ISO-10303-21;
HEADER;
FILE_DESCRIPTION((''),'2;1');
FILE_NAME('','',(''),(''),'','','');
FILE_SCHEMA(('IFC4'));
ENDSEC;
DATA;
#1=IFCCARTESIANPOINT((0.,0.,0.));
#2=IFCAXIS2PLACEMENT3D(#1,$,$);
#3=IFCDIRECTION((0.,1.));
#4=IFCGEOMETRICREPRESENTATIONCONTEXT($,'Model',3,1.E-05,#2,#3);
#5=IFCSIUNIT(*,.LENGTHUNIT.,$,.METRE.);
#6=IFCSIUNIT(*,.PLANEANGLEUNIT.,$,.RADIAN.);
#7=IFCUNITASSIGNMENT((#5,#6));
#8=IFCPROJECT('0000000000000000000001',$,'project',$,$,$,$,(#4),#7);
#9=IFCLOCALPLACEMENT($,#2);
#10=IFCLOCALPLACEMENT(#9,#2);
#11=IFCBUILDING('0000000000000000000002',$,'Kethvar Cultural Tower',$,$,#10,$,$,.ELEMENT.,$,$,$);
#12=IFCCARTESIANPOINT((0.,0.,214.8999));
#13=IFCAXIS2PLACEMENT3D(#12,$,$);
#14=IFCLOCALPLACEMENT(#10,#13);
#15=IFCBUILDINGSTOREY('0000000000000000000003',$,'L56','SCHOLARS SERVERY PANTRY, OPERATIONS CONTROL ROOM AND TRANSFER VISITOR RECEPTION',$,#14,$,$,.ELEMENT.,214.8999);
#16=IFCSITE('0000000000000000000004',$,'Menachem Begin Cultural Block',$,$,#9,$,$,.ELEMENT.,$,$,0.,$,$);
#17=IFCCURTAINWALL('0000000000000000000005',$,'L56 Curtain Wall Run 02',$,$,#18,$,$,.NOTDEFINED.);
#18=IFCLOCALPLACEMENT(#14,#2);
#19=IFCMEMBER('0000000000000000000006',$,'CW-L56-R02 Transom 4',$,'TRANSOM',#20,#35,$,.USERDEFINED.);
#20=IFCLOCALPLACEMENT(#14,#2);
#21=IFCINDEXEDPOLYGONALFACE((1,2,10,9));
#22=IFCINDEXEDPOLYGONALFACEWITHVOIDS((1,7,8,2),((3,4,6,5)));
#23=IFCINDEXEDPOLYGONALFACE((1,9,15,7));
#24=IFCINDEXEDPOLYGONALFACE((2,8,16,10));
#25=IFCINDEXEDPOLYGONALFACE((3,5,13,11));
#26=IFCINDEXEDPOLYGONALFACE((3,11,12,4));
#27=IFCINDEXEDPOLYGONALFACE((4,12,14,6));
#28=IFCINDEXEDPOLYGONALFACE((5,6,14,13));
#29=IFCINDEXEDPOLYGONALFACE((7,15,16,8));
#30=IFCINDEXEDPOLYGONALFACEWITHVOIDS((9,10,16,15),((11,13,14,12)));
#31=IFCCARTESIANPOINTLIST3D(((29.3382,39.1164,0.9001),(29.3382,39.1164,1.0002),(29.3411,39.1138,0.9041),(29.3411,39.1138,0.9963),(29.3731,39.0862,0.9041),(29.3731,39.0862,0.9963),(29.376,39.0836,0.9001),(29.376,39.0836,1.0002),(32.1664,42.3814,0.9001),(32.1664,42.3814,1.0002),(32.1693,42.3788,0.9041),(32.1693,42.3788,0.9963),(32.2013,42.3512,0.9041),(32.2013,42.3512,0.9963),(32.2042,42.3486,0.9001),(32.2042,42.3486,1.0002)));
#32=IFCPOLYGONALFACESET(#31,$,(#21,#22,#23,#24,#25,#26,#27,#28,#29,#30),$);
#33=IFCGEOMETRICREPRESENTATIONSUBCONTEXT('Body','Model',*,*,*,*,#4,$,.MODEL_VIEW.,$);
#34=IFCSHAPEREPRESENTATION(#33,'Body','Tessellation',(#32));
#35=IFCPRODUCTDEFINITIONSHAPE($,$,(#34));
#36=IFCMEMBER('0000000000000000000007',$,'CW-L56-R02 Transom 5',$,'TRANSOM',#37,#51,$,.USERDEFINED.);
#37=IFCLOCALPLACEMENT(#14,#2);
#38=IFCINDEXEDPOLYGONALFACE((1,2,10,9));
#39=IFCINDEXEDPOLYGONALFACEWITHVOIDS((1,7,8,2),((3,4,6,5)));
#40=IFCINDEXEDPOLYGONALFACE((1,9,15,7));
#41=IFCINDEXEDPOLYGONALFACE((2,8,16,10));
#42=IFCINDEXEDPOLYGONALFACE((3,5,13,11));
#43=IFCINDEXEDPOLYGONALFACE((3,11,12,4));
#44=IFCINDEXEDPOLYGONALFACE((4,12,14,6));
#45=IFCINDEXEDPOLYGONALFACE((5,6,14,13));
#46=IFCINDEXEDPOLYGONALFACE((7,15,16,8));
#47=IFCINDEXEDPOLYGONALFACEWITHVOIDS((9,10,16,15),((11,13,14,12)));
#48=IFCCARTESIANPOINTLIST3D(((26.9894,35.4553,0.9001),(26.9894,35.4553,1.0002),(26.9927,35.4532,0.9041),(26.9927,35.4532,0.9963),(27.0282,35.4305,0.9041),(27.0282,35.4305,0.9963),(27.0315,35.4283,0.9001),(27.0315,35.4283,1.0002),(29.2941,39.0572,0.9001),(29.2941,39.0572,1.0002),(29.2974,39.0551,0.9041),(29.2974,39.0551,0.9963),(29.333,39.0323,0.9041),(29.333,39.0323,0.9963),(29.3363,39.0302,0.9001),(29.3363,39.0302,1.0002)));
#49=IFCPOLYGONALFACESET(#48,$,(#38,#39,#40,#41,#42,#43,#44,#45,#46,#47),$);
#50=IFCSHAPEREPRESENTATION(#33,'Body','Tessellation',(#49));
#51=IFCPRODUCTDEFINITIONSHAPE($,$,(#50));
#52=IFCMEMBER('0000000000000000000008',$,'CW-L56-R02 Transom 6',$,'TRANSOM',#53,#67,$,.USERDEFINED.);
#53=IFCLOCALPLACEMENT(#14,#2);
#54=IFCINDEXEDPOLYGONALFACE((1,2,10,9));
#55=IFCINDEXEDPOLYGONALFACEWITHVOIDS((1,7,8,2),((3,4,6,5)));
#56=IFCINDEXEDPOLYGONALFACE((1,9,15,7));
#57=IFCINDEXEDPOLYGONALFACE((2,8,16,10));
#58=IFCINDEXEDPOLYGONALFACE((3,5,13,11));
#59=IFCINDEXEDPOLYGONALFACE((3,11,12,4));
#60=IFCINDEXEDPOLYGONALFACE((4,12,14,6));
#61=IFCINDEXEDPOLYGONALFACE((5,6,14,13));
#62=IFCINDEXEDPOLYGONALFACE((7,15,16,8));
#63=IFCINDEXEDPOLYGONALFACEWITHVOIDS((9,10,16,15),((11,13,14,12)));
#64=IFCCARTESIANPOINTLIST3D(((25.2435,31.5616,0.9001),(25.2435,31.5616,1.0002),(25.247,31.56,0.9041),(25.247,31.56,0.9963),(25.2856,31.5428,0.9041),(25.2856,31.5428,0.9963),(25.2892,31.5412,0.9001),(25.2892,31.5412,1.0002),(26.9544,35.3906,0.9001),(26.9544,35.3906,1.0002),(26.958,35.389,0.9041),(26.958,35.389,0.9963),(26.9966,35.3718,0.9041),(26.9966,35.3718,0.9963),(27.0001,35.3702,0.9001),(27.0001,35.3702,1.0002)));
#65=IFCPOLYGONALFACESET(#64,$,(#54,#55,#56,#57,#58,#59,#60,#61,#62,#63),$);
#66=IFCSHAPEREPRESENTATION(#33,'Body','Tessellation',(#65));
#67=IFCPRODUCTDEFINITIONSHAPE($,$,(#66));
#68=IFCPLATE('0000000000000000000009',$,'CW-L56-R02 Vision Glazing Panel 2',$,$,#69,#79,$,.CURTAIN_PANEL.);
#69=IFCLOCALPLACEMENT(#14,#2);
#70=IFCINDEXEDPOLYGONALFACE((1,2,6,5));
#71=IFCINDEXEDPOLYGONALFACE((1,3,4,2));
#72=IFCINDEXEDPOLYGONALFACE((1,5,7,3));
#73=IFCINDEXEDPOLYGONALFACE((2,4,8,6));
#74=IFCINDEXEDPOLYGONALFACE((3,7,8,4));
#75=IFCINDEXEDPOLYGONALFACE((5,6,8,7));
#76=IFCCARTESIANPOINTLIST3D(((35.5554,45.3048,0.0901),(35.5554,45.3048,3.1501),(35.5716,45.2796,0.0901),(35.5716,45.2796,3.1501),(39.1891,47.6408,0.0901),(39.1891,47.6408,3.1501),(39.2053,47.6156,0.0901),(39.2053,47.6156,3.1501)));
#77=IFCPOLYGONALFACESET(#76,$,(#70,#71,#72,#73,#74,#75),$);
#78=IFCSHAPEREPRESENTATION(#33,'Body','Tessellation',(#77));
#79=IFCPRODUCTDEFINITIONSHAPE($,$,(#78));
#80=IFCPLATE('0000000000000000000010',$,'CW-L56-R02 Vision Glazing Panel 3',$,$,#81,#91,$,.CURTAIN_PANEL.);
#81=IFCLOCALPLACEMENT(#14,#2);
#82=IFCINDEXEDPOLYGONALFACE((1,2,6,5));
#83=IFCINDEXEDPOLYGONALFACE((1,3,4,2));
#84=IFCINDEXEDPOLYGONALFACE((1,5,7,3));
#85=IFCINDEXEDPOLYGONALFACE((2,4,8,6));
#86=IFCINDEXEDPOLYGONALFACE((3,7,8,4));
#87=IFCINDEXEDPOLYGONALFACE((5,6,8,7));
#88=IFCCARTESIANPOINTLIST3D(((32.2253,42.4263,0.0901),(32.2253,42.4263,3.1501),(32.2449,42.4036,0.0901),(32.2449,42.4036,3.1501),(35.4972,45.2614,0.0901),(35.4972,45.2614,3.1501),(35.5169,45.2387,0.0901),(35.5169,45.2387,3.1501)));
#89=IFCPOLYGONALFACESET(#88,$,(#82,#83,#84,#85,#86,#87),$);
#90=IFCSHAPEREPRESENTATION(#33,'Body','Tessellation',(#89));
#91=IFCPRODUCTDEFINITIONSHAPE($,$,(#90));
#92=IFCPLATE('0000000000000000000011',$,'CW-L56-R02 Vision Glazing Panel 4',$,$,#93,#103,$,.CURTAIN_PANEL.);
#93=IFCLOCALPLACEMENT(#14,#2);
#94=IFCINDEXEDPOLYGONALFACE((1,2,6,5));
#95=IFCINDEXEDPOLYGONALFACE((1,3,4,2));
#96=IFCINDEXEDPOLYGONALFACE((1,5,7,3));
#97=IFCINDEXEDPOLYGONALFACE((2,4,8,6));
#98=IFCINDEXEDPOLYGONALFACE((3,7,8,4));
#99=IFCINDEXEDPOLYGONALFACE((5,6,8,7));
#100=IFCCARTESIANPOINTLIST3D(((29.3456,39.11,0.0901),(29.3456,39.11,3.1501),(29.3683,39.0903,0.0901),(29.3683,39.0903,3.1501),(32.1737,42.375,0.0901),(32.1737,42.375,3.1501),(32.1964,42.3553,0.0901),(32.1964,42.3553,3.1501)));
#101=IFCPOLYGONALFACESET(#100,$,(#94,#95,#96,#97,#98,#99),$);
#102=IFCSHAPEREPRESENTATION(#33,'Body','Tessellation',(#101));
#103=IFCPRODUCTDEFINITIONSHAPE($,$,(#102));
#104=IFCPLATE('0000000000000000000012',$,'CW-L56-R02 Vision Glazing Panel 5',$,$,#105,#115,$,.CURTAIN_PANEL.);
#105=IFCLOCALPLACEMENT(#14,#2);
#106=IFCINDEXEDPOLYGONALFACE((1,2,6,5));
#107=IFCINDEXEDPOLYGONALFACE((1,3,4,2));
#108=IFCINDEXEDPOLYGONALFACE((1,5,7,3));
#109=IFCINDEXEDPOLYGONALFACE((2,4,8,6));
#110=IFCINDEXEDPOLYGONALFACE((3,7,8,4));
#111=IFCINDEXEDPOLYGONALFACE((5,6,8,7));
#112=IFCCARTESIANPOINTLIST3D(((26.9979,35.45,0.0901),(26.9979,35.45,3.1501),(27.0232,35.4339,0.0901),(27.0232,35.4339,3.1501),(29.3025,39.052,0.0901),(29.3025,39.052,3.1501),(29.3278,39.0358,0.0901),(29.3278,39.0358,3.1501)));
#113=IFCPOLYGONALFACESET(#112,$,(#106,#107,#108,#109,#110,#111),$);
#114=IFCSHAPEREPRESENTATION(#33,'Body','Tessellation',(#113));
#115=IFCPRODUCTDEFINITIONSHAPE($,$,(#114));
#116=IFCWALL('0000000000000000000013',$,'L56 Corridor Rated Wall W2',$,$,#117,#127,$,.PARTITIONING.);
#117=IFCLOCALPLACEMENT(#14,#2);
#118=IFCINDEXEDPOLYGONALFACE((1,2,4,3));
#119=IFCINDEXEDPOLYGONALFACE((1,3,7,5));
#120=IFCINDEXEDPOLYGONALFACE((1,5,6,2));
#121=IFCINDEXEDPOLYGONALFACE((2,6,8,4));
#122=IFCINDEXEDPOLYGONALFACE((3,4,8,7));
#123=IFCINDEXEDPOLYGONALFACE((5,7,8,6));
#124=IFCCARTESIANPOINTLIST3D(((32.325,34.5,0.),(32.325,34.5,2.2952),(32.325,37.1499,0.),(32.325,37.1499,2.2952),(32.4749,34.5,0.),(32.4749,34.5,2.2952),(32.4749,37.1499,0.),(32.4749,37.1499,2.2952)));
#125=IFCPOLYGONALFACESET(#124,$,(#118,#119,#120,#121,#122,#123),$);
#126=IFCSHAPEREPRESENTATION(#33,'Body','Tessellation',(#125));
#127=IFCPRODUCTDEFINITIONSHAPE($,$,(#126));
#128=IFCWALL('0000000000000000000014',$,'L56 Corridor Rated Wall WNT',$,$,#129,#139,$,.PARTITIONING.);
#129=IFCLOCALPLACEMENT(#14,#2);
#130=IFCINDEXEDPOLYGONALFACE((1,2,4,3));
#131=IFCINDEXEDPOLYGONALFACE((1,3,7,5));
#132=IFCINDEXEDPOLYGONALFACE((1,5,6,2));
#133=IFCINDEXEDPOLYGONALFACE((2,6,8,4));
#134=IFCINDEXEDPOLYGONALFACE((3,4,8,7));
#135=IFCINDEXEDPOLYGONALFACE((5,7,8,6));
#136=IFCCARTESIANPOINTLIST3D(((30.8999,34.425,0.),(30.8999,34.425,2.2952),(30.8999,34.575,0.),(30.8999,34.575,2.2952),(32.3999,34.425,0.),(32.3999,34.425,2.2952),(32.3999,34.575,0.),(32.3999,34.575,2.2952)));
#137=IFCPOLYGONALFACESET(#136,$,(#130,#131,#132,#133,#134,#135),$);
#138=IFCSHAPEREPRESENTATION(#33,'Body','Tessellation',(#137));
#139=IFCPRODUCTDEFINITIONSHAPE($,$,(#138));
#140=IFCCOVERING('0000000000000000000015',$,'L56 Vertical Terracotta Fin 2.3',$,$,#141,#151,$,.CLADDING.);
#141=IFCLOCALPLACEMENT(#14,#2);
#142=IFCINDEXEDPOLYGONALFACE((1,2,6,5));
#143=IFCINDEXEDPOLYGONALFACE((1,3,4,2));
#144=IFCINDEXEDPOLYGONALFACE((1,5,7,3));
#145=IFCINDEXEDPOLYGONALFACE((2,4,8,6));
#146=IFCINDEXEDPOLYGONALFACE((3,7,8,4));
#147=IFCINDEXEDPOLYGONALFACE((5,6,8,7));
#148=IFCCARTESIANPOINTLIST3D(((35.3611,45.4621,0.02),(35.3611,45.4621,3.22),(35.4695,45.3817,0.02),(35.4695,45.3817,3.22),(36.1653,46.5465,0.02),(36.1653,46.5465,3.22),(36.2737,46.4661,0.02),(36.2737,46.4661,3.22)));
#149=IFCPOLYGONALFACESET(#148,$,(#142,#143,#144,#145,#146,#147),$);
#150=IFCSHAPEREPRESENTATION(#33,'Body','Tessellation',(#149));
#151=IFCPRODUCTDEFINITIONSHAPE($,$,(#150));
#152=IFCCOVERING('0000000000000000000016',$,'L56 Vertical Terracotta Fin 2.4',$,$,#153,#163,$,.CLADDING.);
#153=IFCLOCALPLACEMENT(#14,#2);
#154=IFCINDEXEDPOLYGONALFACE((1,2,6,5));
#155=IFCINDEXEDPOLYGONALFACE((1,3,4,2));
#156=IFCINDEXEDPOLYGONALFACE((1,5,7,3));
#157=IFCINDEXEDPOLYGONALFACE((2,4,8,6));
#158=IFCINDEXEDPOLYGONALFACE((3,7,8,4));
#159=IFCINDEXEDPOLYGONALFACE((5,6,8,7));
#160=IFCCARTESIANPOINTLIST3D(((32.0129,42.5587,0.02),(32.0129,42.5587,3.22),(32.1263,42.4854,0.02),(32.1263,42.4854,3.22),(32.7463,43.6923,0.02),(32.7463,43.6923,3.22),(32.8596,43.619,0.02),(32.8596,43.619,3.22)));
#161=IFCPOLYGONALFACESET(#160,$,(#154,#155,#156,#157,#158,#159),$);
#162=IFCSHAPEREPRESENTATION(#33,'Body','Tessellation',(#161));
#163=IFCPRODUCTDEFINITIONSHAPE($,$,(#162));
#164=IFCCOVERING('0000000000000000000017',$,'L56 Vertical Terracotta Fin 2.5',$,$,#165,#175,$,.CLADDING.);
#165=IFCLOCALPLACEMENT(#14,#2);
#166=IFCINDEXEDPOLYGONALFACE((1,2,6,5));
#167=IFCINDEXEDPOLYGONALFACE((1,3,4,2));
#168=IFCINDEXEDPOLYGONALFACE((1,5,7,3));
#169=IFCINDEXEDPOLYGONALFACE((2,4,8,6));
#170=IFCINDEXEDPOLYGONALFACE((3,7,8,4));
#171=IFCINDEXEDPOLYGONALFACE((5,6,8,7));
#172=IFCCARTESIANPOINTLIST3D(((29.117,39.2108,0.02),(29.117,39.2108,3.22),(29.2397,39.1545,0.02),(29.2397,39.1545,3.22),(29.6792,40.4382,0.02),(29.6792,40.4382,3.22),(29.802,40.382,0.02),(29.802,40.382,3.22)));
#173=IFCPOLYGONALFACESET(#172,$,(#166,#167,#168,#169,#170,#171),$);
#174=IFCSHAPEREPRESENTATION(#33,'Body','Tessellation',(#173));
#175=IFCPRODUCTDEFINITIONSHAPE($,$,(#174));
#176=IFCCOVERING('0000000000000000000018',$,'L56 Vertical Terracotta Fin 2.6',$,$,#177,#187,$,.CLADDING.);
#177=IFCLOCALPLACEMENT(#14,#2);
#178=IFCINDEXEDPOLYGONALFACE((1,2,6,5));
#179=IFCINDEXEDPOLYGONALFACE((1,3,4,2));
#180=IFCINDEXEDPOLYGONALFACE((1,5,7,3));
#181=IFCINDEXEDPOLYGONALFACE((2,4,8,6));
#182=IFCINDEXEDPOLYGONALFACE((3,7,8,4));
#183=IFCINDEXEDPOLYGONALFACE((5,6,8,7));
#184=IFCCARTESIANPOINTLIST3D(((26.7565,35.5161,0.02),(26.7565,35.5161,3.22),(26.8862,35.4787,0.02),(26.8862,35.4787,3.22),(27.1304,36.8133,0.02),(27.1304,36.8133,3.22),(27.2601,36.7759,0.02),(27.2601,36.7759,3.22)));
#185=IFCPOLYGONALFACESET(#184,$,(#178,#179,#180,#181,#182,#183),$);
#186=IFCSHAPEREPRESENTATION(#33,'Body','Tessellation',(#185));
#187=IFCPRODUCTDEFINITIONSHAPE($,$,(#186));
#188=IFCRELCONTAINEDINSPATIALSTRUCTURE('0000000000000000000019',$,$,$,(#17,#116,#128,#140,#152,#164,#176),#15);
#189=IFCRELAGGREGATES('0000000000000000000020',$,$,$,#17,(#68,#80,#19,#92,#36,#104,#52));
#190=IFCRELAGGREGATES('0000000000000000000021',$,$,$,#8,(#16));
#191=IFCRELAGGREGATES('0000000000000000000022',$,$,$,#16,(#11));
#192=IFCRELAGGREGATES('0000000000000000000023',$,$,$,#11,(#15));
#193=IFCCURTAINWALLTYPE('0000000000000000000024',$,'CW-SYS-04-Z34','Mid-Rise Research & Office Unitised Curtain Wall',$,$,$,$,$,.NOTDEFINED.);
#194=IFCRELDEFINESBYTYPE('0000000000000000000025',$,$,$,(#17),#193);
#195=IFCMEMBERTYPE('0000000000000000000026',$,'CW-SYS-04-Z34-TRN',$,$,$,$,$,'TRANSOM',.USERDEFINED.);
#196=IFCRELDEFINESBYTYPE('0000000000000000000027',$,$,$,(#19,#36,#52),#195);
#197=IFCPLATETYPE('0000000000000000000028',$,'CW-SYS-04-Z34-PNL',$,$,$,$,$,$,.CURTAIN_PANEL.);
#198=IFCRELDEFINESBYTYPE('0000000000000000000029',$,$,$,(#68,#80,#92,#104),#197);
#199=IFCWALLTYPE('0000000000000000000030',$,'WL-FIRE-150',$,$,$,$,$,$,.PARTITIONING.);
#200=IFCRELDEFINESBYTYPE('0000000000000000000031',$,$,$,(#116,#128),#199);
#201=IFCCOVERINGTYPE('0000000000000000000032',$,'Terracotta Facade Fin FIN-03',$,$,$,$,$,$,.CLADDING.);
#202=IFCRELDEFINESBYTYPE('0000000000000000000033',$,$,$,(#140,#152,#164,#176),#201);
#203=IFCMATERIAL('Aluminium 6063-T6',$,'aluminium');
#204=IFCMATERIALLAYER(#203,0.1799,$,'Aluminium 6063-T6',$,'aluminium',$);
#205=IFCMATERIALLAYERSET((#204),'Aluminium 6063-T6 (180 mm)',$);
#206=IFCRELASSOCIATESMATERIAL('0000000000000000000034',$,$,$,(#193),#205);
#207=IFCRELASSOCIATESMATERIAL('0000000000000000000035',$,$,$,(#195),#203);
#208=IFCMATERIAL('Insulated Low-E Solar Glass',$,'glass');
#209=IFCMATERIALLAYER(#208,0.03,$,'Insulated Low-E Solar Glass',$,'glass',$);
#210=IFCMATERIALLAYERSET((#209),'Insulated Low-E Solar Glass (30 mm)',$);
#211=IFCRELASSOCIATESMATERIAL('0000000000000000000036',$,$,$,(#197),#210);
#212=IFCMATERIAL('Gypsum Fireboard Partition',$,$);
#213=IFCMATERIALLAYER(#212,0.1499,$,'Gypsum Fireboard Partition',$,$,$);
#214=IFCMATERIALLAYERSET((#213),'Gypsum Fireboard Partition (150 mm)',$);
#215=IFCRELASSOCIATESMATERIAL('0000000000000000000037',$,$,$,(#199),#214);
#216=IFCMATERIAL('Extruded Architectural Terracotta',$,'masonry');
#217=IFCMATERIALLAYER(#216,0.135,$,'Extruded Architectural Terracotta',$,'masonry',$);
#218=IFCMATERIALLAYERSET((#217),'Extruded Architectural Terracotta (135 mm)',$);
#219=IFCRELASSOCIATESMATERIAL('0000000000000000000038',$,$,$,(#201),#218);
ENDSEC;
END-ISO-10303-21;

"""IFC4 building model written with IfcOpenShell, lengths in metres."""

from ifc_helpers import new_model, si_unit, direction, frame, frame_2d, origin, origin_2d, place, context, subcontext, project, spatial, rectangle, hollow_rectangle, extrude, source, transform, mapped, material, layer, layer_set, material_profile, profile_set, type_object, element, aggregate, save


model = new_model("IFC4")

# Units and contexts
model_context = context("Model", 3, precision=1e-05, world=origin(), true_north=direction((0.0, 1.0)))
body_context = subcontext(model_context, "Body", "Model", "MODEL_VIEW")
ifc_project = project(units=[si_unit("LENGTHUNIT", "METRE"), si_unit("PLANEANGLEUNIT", "RADIAN")], contexts=[model_context])

# Site, building, storey
site_placement = place(None, origin())
site = spatial("IfcSite", under=ifc_project, at=site_placement, Name="Menachem Begin Cultural Block", CompositionType="ELEMENT", RefElevation=0.0)
building_placement = place(site_placement, origin())
building = spatial("IfcBuilding", under=site, at=building_placement, Name="Kethvar Cultural Tower", CompositionType="ELEMENT")
storey_placement = place(building_placement, frame((0.0, 0.0, 214.8999)))
storey = spatial("IfcBuildingStorey", under=building, at=storey_placement, Name="L56", Description="SCHOLARS SERVERY PANTRY, OPERATIONS CONTROL ROOM AND TRANSFER VISITOR RECEPTION", CompositionType="ELEMENT", Elevation=214.8999)

# Curtain wall, members, plates
ifc_material_1 = material(Name="Aluminium 6063-T6", Category="aluminium")
ifc_layer_1 = layer(ifc_material_1, 0.1799, Name="Aluminium 6063-T6", Category="aluminium")
ifc_layer_set_1 = layer_set([ifc_layer_1], Name="Aluminium 6063-T6 (180 mm)")
curtain_wall_type = type_object("IfcCurtainWallType", Name="CW-SYS-04-Z34", Description="Mid-Rise Research & Office Unitised Curtain Wall", PredefinedType="NOTDEFINED", material=ifc_layer_set_1)
curtain_wall_placement = place(storey_placement, origin())
curtain_wall = element("IfcCurtainWall", 1, at=curtain_wall_placement, inside=storey, type_object=curtain_wall_type, Name="L56 Curtain Wall Run 02", PredefinedType="NOTDEFINED")
ifc_material_profile_1 = material_profile(ifc_material_1, hollow_rectangle(XDim=0.05, YDim=0.1001, WallThickness=0.0039, at=origin_2d()), Name="Aluminium 6063-T6 — RHS100x50x4")
ifc_profile_set_1 = profile_set([ifc_material_profile_1], Name="Aluminium 6063-T6 — RHS100x50x4")
member_type_1 = type_object("IfcMemberType", Name="CW-SYS-04-Z34-TRN", ElementType="TRANSOM", PredefinedType="USERDEFINED", material=ifc_profile_set_1)
shared_shape_1 = source(origin(), body_context, "Body", "SweptSolid", [
    extrude(hollow_rectangle(XDim=0.05, YDim=0.1001, WallThickness=0.0039, at=origin_2d()), origin(), (0.0, 0.0, 1.0), 4.3196),
])
member_1_placement = place(storey_placement, frame((32.1853, 42.365, 0.9502), z_axis=(-0.654739, -0.755855, 0.0), x_axis=(0.755855, -0.654739, 0.0)))
member_1 = element("IfcMember", 2, at=member_1_placement, type_object=member_type_1, Name="CW-L56-R02 Transom 4", ObjectType="TRANSOM", PredefinedType="USERDEFINED", context=body_context, shape_type="MappedRepresentation", body=[
    mapped(shared_shape_1, transform((0.0, 0.0, 0.0), scale=1.0)),
])
shared_shape_2 = source(origin(), body_context, "Body", "SweptSolid", [
    extrude(hollow_rectangle(XDim=0.05, YDim=0.1001, WallThickness=0.0039, at=origin_2d()), origin(), (0.0, 0.0, 1.0), 4.2761),
])
member_2_placement = place(storey_placement, frame((29.3152, 39.0437, 0.9502), z_axis=(-0.538976, -0.842321, 0.0), x_axis=(0.842321, -0.538976, 0.0)))
member_2 = element("IfcMember", 3, at=member_2_placement, type_object=member_type_1, Name="CW-L56-R02 Transom 5", ObjectType="TRANSOM", PredefinedType="USERDEFINED", context=body_context, shape_type="MappedRepresentation", body=[
    mapped(shared_shape_2, transform((0.0, 0.0, 0.0), scale=1.0)),
])
shared_shape_3 = source(origin(), body_context, "Body", "SweptSolid", [
    extrude(hollow_rectangle(XDim=0.05, YDim=0.1001, WallThickness=0.0039, at=origin_2d()), origin(), (0.0, 0.0, 1.0), 4.1938),
])
member_3_placement = place(storey_placement, frame((26.9773, 35.3804, 0.9502), z_axis=(-0.407974, -0.912993, 0.0), x_axis=(0.912993, -0.407974, 0.0)))
member_3 = element("IfcMember", 4, at=member_3_placement, type_object=member_type_1, Name="CW-L56-R02 Transom 6", ObjectType="TRANSOM", PredefinedType="USERDEFINED", context=body_context, shape_type="MappedRepresentation", body=[
    mapped(shared_shape_3, transform((0.0, 0.0, 0.0), scale=1.0)),
])
ifc_material_2 = material(Name="Insulated Low-E Solar Glass", Category="glass")
ifc_layer_2 = layer(ifc_material_2, 0.03, Name="Insulated Low-E Solar Glass", Category="glass")
ifc_layer_set_2 = layer_set([ifc_layer_2], Name="Insulated Low-E Solar Glass (30 mm)")
plate_type = type_object("IfcPlateType", Name="CW-SYS-04-Z34-PNL", PredefinedType="CURTAIN_PANEL", material=ifc_layer_set_2)
shared_shape_4 = source(origin(), body_context, "Body", "SweptSolid", [
    extrude(rectangle(XDim=4.3198, YDim=0.03, at=origin_2d()), origin(), (0.0, 0.0, 1.0), 3.0601),
])
plate_1_placement = place(storey_placement, frame((37.3804, 46.4602, 0.0901), z_axis=(0.0, 0.0, 1.0), x_axis=(-0.841171, -0.540769, 0.0)))
plate_1 = element("IfcPlate", 5, at=plate_1_placement, type_object=plate_type, Name="CW-L56-R02 Vision Glazing Panel 2", PredefinedType="CURTAIN_PANEL", context=body_context, shape_type="MappedRepresentation", body=[
    mapped(shared_shape_4, transform((0.0, 0.0, 0.0), scale=1.0)),
])
shared_shape_5 = source(origin(), body_context, "Body", "SweptSolid", [
    extrude(rectangle(XDim=4.3293, YDim=0.03, at=origin_2d()), origin(), (0.0, 0.0, 1.0), 3.0601),
])
plate_2_placement = place(storey_placement, frame((33.8711, 43.8325, 0.0901), z_axis=(0.0, 0.0, 1.0), x_axis=(-0.755762, -0.654846, 0.0)))
plate_2 = element("IfcPlate", 6, at=plate_2_placement, type_object=plate_type, Name="CW-L56-R02 Vision Glazing Panel 3", PredefinedType="CURTAIN_PANEL", context=body_context, shape_type="MappedRepresentation", body=[
    mapped(shared_shape_5, transform((0.0, 0.0, 0.0), scale=1.0)),
])
shared_shape_6 = source(origin(), body_context, "Body", "SweptSolid", [
    extrude(rectangle(XDim=4.3196, YDim=0.03, at=origin_2d()), origin(), (0.0, 0.0, 1.0), 3.0601),
])
plate_3_placement = place(storey_placement, frame((30.771, 40.7327, 0.0901), z_axis=(0.0, 0.0, 1.0), x_axis=(-0.654728, -0.755865, 0.0)))
plate_3 = element("IfcPlate", 7, at=plate_3_placement, type_object=plate_type, Name="CW-L56-R02 Vision Glazing Panel 4", PredefinedType="CURTAIN_PANEL", context=body_context, shape_type="MappedRepresentation", body=[
    mapped(shared_shape_6, transform((0.0, 0.0, 0.0), scale=1.0)),
])
shared_shape_7 = source(origin(), body_context, "Body", "SweptSolid", [
    extrude(rectangle(XDim=4.2761, YDim=0.03, at=origin_2d()), origin(), (0.0, 0.0, 1.0), 3.0601),
])
plate_4_placement = place(storey_placement, frame((28.1628, 37.2429, 0.0901), z_axis=(0.0, 0.0, 1.0), x_axis=(-0.538947, -0.84234, 0.0)))
plate_4 = element("IfcPlate", 8, at=plate_4_placement, type_object=plate_type, Name="CW-L56-R02 Vision Glazing Panel 5", PredefinedType="CURTAIN_PANEL", context=body_context, shape_type="MappedRepresentation", body=[
    mapped(shared_shape_7, transform((0.0, 0.0, 0.0), scale=1.0)),
])
aggregate(curtain_wall, [plate_1, plate_2, member_1, plate_3, member_2, plate_4, member_3])

# Walls
ifc_material_3 = material(Name="Gypsum Fireboard Partition")
ifc_layer_3 = layer(ifc_material_3, 0.1499, Name="Gypsum Fireboard Partition")
ifc_layer_set_3 = layer_set([ifc_layer_3], Name="Gypsum Fireboard Partition (150 mm)")
wall_type = type_object("IfcWallType", Name="WL-FIRE-150", PredefinedType="PARTITIONING", material=ifc_layer_set_3)
wall_1_placement = place(storey_placement, frame((32.3999, 37.1499, 0.0), z_axis=(0.0, 0.0, 1.0), x_axis=(0.0, -1.0, 0.0)))
element("IfcWall", 9, at=wall_1_placement, inside=storey, type_object=wall_type, Name="L56 Corridor Rated Wall W2", PredefinedType="PARTITIONING", context=body_context, shape_type="SweptSolid", body=[
    extrude(rectangle(XDim=2.6499, YDim=0.1499, at=frame_2d((1.325, 0.0))), origin(), (0.0, 0.0, 1.0), 2.2952),
])
wall_2_placement = place(storey_placement, frame((32.3999, 34.5, 0.0), z_axis=(0.0, 0.0, 1.0), x_axis=(-1.0, 0.0, 0.0)))
element("IfcWall", 10, at=wall_2_placement, inside=storey, type_object=wall_type, Name="L56 Corridor Rated Wall WNT", PredefinedType="PARTITIONING", context=body_context, shape_type="SweptSolid", body=[
    extrude(rectangle(XDim=1.5, YDim=0.1499, at=frame_2d((0.75, 0.0))), origin(), (0.0, 0.0, 1.0), 2.2952),
])

# Coverings
ifc_material_4 = material(Name="Extruded Architectural Terracotta", Category="masonry")
ifc_layer_4 = layer(ifc_material_4, 0.135, Name="Extruded Architectural Terracotta", Category="masonry")
ifc_layer_set_4 = layer_set([ifc_layer_4], Name="Extruded Architectural Terracotta (135 mm)")
covering_type = type_object("IfcCoveringType", Name="Terracotta Facade Fin FIN-03", PredefinedType="CLADDING", material=ifc_layer_set_4)
shared_shape_8 = source(origin(), body_context, "Body", "SweptSolid", [
    extrude(rectangle(XDim=1.3501, YDim=0.135, at=origin_2d()), origin(), (0.0, 0.0, 1.0), 3.2),
])
for number, where, z_axis, x_axis, name in (
    (11, (35.8174, 45.9641, 0.02), (0.0, 0.0, 1.0), (0.595664, 0.803234, 0.0), "L56 Vertical Terracotta Fin 2.3"),
    (12, (32.4363, 43.0889, 0.02), (0.0, 0.0, 1.0), (0.543174, 0.83962, 0.0), "L56 Vertical Terracotta Fin 2.4"),
    (13, (29.4595, 39.7964, 0.02), (0.0, 0.0, 1.0), (0.416439, 0.909163, 0.0), "L56 Vertical Terracotta Fin 2.5"),
    (14, (27.0083, 36.146, 0.02), (0.0, 0.0, 1.0), (0.276979, 0.960876, 0.0), "L56 Vertical Terracotta Fin 2.6"),
):
    element("IfcCovering", number, at=place(storey_placement, frame(where, z_axis=z_axis, x_axis=x_axis)), inside=storey, type_object=covering_type, Name=name, PredefinedType="CLADDING", context=body_context, shape_type="MappedRepresentation", body=[
        mapped(shared_shape_8, transform((0.0, 0.0, 0.0), scale=1.0)),
    ])

save(model, "model.ifc")
